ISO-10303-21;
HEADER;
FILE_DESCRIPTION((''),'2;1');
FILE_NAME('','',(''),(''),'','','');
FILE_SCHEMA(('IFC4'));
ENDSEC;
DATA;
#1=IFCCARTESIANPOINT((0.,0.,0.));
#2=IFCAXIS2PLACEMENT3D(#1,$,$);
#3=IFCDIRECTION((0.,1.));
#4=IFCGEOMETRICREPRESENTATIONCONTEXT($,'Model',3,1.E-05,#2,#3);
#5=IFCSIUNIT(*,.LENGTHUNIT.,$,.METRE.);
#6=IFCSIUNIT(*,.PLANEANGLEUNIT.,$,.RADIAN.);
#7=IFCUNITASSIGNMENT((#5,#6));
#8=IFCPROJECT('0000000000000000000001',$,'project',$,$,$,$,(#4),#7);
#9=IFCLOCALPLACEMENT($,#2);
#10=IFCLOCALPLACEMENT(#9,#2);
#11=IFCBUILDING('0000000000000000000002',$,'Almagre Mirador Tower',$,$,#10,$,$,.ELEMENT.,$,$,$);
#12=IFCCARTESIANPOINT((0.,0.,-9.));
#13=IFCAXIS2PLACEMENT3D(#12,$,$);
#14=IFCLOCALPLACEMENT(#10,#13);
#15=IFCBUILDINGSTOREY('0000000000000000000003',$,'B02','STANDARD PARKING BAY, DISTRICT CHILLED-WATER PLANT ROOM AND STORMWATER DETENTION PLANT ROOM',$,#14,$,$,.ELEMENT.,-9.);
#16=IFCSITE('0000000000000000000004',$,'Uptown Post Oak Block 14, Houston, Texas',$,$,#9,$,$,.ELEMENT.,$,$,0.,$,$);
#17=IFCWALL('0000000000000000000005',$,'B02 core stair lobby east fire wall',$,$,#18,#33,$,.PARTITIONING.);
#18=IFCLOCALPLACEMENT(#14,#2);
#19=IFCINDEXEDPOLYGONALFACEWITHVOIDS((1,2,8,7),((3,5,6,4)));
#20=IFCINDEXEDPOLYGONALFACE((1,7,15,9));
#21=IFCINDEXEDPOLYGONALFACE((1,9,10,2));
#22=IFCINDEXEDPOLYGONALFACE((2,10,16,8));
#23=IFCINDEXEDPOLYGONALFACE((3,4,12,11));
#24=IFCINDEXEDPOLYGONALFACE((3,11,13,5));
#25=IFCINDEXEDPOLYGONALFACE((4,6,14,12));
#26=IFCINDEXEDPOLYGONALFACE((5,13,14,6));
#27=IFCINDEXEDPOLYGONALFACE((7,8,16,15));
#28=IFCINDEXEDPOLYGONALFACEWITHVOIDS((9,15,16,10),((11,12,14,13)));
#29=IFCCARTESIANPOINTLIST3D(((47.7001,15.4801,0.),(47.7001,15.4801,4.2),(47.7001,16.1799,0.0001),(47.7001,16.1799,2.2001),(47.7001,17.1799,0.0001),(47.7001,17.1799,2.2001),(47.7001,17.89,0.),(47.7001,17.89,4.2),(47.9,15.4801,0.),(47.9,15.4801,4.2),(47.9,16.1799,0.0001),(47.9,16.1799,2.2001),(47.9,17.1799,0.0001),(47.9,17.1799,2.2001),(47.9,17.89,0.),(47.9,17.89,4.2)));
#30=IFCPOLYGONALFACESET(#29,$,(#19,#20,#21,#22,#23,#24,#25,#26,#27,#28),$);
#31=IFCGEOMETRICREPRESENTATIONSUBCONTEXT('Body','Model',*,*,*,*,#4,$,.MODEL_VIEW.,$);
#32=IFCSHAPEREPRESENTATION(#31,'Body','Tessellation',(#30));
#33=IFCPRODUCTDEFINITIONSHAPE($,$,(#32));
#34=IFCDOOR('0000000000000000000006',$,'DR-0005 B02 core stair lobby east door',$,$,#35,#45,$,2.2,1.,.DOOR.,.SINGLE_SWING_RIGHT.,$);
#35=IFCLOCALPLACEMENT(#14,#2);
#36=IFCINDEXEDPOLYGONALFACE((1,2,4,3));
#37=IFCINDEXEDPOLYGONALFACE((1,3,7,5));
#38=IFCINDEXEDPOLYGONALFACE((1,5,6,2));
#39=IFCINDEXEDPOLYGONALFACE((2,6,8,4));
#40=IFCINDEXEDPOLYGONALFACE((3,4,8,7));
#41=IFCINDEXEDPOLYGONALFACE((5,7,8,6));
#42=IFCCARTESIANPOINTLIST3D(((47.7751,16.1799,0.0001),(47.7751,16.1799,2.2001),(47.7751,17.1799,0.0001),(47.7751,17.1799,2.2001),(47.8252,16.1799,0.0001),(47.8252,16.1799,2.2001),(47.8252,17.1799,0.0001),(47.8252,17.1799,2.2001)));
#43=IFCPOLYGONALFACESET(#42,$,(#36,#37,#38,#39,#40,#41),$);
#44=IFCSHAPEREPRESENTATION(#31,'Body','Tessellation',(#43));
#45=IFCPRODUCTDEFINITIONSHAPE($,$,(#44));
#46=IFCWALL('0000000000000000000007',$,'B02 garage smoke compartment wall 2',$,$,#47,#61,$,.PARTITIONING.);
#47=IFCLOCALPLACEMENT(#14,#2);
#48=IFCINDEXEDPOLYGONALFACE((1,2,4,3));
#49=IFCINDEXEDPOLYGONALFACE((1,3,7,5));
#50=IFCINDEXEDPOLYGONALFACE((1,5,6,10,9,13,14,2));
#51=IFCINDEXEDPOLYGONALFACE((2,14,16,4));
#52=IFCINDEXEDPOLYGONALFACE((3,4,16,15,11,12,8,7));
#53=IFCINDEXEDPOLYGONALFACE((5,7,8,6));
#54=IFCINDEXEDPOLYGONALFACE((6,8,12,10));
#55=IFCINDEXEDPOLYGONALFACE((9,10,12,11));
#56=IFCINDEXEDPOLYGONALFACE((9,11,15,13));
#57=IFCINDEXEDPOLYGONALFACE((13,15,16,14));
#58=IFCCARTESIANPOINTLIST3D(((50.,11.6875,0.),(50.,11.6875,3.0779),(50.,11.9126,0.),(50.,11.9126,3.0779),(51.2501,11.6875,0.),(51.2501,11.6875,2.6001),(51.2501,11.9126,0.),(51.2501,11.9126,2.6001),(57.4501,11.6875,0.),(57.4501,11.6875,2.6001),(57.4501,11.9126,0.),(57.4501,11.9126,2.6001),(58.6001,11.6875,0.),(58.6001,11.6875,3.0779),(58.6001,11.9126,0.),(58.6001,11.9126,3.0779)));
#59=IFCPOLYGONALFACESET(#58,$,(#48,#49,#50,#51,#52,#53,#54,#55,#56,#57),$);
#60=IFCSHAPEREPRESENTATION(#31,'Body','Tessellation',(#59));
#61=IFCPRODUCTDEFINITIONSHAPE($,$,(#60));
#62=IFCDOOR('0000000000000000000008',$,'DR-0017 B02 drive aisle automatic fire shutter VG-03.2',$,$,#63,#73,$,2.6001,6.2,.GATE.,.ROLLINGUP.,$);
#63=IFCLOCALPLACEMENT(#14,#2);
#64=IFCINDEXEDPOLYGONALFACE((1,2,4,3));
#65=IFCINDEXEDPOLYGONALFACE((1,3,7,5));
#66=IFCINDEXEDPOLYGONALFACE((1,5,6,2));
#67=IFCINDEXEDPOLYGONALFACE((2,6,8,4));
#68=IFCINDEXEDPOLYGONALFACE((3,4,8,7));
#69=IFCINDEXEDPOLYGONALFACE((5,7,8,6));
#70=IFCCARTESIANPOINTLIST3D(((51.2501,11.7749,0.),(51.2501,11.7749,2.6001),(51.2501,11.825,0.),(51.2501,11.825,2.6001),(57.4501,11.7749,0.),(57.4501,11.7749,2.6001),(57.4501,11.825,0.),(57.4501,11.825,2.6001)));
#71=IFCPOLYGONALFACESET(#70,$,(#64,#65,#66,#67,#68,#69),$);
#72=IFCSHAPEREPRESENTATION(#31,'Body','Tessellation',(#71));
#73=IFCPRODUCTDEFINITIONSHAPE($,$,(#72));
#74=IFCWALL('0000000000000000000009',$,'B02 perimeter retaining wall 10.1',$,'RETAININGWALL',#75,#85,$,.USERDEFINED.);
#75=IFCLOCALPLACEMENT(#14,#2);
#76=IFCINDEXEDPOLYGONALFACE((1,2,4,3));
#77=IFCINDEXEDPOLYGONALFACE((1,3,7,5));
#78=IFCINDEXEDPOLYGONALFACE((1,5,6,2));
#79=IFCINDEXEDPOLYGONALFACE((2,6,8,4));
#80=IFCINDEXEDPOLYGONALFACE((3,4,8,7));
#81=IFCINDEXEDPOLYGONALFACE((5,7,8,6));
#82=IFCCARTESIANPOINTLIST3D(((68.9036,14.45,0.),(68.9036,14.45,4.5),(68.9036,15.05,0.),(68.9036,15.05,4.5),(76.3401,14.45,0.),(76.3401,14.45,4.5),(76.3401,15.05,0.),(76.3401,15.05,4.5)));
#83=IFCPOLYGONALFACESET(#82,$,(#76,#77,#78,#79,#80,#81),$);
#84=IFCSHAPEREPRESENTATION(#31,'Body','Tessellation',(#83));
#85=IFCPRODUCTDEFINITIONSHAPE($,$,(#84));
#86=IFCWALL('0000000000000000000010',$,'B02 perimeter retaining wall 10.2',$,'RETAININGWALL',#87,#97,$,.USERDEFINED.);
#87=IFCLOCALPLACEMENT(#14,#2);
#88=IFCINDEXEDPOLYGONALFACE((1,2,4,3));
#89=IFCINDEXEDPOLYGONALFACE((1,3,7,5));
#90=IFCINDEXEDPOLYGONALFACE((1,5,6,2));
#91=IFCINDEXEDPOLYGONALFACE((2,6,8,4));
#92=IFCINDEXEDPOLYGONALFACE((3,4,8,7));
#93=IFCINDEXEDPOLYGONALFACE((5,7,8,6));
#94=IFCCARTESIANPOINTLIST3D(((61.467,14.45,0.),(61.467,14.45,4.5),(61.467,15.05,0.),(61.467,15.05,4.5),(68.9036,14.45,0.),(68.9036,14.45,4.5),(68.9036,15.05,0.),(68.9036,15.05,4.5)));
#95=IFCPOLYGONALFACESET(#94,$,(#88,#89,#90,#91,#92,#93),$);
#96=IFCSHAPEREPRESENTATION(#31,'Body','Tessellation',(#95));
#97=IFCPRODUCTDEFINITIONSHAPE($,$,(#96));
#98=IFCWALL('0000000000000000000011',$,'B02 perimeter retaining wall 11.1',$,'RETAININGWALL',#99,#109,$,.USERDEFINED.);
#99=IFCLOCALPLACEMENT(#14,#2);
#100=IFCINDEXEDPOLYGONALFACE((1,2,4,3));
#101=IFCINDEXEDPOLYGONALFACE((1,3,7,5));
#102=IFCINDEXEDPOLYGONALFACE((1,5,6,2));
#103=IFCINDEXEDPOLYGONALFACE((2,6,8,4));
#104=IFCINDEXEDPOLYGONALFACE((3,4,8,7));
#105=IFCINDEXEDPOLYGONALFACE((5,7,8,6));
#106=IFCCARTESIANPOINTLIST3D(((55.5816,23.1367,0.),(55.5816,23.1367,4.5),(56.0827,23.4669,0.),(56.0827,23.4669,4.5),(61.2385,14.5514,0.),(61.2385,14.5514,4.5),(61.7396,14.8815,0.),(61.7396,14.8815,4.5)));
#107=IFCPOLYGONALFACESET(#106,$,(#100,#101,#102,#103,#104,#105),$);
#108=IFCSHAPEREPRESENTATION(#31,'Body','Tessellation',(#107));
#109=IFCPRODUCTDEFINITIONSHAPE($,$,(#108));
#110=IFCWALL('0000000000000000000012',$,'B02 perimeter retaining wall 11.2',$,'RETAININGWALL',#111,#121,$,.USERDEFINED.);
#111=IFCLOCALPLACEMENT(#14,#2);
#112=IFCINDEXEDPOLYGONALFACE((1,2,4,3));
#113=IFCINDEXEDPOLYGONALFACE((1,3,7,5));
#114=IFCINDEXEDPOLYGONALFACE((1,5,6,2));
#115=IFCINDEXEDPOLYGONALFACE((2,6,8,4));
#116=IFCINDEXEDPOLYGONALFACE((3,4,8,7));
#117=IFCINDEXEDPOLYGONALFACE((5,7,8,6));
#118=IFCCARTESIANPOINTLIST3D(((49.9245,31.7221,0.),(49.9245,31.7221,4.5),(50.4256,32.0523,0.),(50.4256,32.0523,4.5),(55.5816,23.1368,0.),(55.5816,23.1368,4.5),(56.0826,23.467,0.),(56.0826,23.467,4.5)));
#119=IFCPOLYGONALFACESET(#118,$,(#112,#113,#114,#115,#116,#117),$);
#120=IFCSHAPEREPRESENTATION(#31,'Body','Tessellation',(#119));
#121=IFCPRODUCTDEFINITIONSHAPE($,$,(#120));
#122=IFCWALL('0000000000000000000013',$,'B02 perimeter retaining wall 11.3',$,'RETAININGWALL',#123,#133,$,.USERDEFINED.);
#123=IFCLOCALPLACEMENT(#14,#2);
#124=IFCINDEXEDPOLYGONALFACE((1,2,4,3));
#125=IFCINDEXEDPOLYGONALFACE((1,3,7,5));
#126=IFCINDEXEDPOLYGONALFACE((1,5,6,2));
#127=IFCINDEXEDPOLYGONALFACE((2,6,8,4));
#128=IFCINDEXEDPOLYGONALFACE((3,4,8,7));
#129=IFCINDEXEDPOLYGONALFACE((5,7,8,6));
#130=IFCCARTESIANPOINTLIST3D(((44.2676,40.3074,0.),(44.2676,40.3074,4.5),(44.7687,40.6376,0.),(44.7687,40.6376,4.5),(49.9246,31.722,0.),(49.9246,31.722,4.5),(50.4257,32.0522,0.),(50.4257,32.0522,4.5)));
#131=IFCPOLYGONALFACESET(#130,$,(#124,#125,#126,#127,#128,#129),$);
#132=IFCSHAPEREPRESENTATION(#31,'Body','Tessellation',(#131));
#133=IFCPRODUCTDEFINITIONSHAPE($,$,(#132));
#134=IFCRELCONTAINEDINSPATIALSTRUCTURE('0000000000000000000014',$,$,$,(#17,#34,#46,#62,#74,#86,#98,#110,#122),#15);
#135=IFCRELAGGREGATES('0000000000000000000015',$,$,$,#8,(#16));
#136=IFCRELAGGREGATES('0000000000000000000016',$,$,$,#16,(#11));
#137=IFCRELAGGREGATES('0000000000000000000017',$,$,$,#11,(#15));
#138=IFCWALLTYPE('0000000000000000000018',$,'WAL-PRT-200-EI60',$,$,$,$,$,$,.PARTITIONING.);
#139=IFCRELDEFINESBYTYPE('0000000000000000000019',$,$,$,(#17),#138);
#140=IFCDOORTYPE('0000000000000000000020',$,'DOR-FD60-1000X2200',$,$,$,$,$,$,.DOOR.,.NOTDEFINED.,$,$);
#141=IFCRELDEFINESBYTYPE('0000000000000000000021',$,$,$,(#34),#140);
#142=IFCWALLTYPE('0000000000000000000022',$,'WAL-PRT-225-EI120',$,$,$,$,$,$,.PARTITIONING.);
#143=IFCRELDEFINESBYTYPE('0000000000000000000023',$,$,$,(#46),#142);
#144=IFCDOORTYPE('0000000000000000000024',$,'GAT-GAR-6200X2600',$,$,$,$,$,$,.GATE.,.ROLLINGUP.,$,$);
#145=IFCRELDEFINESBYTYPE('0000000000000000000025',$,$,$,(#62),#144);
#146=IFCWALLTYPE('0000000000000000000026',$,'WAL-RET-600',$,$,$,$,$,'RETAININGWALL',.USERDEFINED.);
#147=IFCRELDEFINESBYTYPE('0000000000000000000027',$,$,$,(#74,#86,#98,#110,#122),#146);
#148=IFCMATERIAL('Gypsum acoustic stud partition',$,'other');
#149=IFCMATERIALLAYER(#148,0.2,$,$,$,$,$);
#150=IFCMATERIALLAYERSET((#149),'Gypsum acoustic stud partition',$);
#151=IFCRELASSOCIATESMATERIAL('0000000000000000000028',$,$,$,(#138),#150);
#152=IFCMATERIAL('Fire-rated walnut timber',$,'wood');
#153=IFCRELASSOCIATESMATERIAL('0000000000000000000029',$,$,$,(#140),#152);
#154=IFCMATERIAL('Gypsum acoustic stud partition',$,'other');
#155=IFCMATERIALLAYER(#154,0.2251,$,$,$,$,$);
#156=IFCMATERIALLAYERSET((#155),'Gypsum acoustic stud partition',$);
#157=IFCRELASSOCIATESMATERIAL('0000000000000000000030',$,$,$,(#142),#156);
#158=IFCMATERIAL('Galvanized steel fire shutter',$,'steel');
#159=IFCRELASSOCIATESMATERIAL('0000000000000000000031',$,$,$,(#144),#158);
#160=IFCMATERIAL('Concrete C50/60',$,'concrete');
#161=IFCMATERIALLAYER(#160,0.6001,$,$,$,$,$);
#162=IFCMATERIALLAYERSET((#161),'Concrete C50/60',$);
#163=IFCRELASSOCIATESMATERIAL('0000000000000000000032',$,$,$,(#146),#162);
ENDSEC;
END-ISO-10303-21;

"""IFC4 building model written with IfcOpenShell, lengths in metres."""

from ifc_helpers import new_model, si_unit, direction, frame, frame_2d, origin, place, context, subcontext, project, spatial, rectangle, extrude, material, layer, layer_set, type_object, element, fill, save


model = new_model("IFC4")

# Units and contexts
model_context = context("Model", 3, precision=1e-05, world=origin(), true_north=direction((0.0, 1.0)))
body_context = subcontext(model_context, "Body", "Model", "MODEL_VIEW")
ifc_project = project(units=[si_unit("LENGTHUNIT", "METRE"), si_unit("PLANEANGLEUNIT", "RADIAN")], contexts=[model_context])

# Site, building, storey
site_placement = place(None, origin())
site = spatial("IfcSite", under=ifc_project, at=site_placement, Name="Uptown Post Oak Block 14, Houston, Texas", CompositionType="ELEMENT", RefElevation=0.0)
building_placement = place(site_placement, origin())
building = spatial("IfcBuilding", under=site, at=building_placement, Name="Almagre Mirador Tower", CompositionType="ELEMENT")
storey_placement = place(building_placement, frame((0.0, 0.0, -9.0)))
storey = spatial("IfcBuildingStorey", under=building, at=storey_placement, Name="B02", Description="STANDARD PARKING BAY, DISTRICT CHILLED-WATER PLANT ROOM AND STORMWATER DETENTION PLANT ROOM", CompositionType="ELEMENT", Elevation=-9.0)

# Shared definitions
ifc_material_1 = material(Name="Gypsum acoustic stud partition", Category="other")
ifc_layer_1 = layer(ifc_material_1, 0.2)
ifc_layer_set_1 = layer_set([ifc_layer_1], Name="Gypsum acoustic stud partition")
wall_type_1 = type_object("IfcWallType", Name="WAL-PRT-200-EI60", PredefinedType="PARTITIONING", material=ifc_layer_set_1)

# Walls, openings, doors
wall_1_placement = place(storey_placement, frame((47.8, 15.48, 0.0), z_axis=(0.0, 0.0, 1.0), x_axis=(0.0, 1.0, 0.0)))
wall_1 = element("IfcWall", 1, at=wall_1_placement, inside=storey, type_object=wall_type_1, Name="B02 core stair lobby east fire wall", PredefinedType="PARTITIONING", context=body_context, shape_type="SweptSolid", body=[
    extrude(rectangle(XDim=2.4099, YDim=0.2, at=frame_2d((1.2051, 0.0))), origin(), (0.0, 0.0, 1.0), 4.2),
])
opening_1_placement = place(wall_1_placement, frame((0.7, 0.0, 0.0)))
opening_1 = element("IfcOpeningElement", 2, at=opening_1_placement, cuts=wall_1, PredefinedType="OPENING", context=body_context, shape_type="SweptSolid", body=[
    extrude(rectangle(XDim=1.0, YDim=2.2, at=frame_2d((0.5, 1.1001))), frame((0.0, 0.1101, 0.0), z_axis=(0.0, -1.0, 0.0), x_axis=(1.0, 0.0, 0.0)), (0.0, 0.0, 1.0), 0.22),
])
ifc_material_2 = material(Name="Fire-rated walnut timber", Category="wood")
door_type_1 = type_object("IfcDoorType", Name="DOR-FD60-1000X2200", OperationType="NOTDEFINED", PredefinedType="DOOR", material=ifc_material_2)
door_1_placement = place(opening_1_placement, origin())
door_1 = element("IfcDoor", 3, at=door_1_placement, inside=storey, type_object=door_type_1, Name="DR-0005 B02 core stair lobby east door", OperationType="SINGLE_SWING_RIGHT", OverallHeight=2.2, OverallWidth=1.0, PredefinedType="DOOR", context=body_context, shape_type="SweptSolid", body=[
    extrude(rectangle(XDim=1.0, YDim=2.2, at=frame_2d((0.5, 1.1001))), frame((0.0, 0.0249, 0.0), z_axis=(0.0, -1.0, 0.0), x_axis=(1.0, 0.0, 0.0)), (0.0, 0.0, 1.0), 0.05),
])
fill(opening_1, door_1)
ifc_material_3 = material(Name="Gypsum acoustic stud partition", Category="other")
ifc_layer_2 = layer(ifc_material_3, 0.2251)
ifc_layer_set_2 = layer_set([ifc_layer_2], Name="Gypsum acoustic stud partition")
wall_type_2 = type_object("IfcWallType", Name="WAL-PRT-225-EI120", PredefinedType="PARTITIONING", material=ifc_layer_set_2)
wall_2_placement = place(storey_placement, frame((50.0, 11.8, 0.0), z_axis=(0.0, 0.0, 1.0), x_axis=(1.0, 0.0, 0.0)))
wall_2 = element("IfcWall", 4, at=wall_2_placement, inside=storey, type_object=wall_type_2, Name="B02 garage smoke compartment wall 2", PredefinedType="PARTITIONING", context=body_context, shape_type="SweptSolid", body=[
    extrude(rectangle(XDim=8.6001, YDim=0.2251, at=frame_2d((4.3, 0.0))), origin(), (0.0, 0.0, 1.0), 3.0779),
])
opening_2_placement = place(wall_2_placement, frame((1.25, 0.0, 0.0)))
opening_2 = element("IfcOpeningElement", 5, at=opening_2_placement, cuts=wall_2, PredefinedType="OPENING", context=body_context, shape_type="SweptSolid", body=[
    extrude(rectangle(XDim=6.2, YDim=2.6001, at=frame_2d((3.1001, 1.3))), frame((0.0, 0.1225, 0.0), z_axis=(0.0, -1.0, 0.0), x_axis=(1.0, 0.0, 0.0)), (0.0, 0.0, 1.0), 0.2451),
])
ifc_material_4 = material(Name="Galvanized steel fire shutter", Category="steel")
door_type_2 = type_object("IfcDoorType", Name="GAT-GAR-6200X2600", OperationType="ROLLINGUP", PredefinedType="GATE", material=ifc_material_4)
door_2_placement = place(opening_2_placement, origin())
door_2 = element("IfcDoor", 6, at=door_2_placement, inside=storey, type_object=door_type_2, Name="DR-0017 B02 drive aisle automatic fire shutter VG-03.2", OperationType="ROLLINGUP", OverallHeight=2.6001, OverallWidth=6.2, PredefinedType="GATE", context=body_context, shape_type="SweptSolid", body=[
    extrude(rectangle(XDim=6.2, YDim=2.6001, at=frame_2d((3.1001, 1.3))), frame((0.0, 0.0249, 0.0), z_axis=(0.0, -1.0, 0.0), x_axis=(1.0, 0.0, 0.0)), (0.0, 0.0, 1.0), 0.05),
])
fill(opening_2, door_2)

# Walls
ifc_material_5 = material(Name="Concrete C50/60", Category="concrete")
ifc_layer_3 = layer(ifc_material_5, 0.6001)
ifc_layer_set_3 = layer_set([ifc_layer_3], Name="Concrete C50/60")
wall_type_3 = type_object("IfcWallType", Name="WAL-RET-600", ElementType="RETAININGWALL", PredefinedType="USERDEFINED", material=ifc_layer_set_3)
for number, where, z_axis, x_axis, name in (
    (7, (76.3401, 14.75, 0.0), (0.0, 0.0, 1.0), (-1.0, 0.0, 0.0), "B02 perimeter retaining wall 10.1"),
    (8, (68.9036, 14.75, 0.0), (0.0, 0.0, 1.0), (-1.0, 0.0, 0.0), "B02 perimeter retaining wall 10.2"),
):
    element("IfcWall", number, at=place(storey_placement, frame(where, z_axis=z_axis, x_axis=x_axis)), inside=storey, type_object=wall_type_3, Name=name, ObjectType="RETAININGWALL", PredefinedType="USERDEFINED", context=body_context, shape_type="SweptSolid", body=[
        extrude(rectangle(XDim=7.4365, YDim=0.6001, at=frame_2d((3.7183, 0.0))), origin(), (0.0, 0.0, 1.0), 4.5),
    ])
for number, where, z_axis, x_axis, name in (
    (9, (61.489, 14.7166, 0.0), (0.0, 0.0, 1.0), (-0.550204, 0.83503, 0.0), "B02 perimeter retaining wall 11.1"),
    (10, (55.832, 23.302, 0.0), (0.0, 0.0, 1.0), (-0.550215, 0.835023, 0.0), "B02 perimeter retaining wall 11.2"),
    (11, (50.175, 31.8872, 0.0), (0.0, 0.0, 1.0), (-0.550204, 0.83503, 0.0), "B02 perimeter retaining wall 11.3"),
):
    element("IfcWall", number, at=place(storey_placement, frame(where, z_axis=z_axis, x_axis=x_axis)), inside=storey, type_object=wall_type_3, Name=name, ObjectType="RETAININGWALL", PredefinedType="USERDEFINED", context=body_context, shape_type="SweptSolid", body=[
        extrude(rectangle(XDim=10.2815, YDim=0.6001, at=frame_2d((5.1406, 0.0))), origin(), (0.0, 0.0, 1.0), 4.5),
    ])

save(model, "model.ifc")
